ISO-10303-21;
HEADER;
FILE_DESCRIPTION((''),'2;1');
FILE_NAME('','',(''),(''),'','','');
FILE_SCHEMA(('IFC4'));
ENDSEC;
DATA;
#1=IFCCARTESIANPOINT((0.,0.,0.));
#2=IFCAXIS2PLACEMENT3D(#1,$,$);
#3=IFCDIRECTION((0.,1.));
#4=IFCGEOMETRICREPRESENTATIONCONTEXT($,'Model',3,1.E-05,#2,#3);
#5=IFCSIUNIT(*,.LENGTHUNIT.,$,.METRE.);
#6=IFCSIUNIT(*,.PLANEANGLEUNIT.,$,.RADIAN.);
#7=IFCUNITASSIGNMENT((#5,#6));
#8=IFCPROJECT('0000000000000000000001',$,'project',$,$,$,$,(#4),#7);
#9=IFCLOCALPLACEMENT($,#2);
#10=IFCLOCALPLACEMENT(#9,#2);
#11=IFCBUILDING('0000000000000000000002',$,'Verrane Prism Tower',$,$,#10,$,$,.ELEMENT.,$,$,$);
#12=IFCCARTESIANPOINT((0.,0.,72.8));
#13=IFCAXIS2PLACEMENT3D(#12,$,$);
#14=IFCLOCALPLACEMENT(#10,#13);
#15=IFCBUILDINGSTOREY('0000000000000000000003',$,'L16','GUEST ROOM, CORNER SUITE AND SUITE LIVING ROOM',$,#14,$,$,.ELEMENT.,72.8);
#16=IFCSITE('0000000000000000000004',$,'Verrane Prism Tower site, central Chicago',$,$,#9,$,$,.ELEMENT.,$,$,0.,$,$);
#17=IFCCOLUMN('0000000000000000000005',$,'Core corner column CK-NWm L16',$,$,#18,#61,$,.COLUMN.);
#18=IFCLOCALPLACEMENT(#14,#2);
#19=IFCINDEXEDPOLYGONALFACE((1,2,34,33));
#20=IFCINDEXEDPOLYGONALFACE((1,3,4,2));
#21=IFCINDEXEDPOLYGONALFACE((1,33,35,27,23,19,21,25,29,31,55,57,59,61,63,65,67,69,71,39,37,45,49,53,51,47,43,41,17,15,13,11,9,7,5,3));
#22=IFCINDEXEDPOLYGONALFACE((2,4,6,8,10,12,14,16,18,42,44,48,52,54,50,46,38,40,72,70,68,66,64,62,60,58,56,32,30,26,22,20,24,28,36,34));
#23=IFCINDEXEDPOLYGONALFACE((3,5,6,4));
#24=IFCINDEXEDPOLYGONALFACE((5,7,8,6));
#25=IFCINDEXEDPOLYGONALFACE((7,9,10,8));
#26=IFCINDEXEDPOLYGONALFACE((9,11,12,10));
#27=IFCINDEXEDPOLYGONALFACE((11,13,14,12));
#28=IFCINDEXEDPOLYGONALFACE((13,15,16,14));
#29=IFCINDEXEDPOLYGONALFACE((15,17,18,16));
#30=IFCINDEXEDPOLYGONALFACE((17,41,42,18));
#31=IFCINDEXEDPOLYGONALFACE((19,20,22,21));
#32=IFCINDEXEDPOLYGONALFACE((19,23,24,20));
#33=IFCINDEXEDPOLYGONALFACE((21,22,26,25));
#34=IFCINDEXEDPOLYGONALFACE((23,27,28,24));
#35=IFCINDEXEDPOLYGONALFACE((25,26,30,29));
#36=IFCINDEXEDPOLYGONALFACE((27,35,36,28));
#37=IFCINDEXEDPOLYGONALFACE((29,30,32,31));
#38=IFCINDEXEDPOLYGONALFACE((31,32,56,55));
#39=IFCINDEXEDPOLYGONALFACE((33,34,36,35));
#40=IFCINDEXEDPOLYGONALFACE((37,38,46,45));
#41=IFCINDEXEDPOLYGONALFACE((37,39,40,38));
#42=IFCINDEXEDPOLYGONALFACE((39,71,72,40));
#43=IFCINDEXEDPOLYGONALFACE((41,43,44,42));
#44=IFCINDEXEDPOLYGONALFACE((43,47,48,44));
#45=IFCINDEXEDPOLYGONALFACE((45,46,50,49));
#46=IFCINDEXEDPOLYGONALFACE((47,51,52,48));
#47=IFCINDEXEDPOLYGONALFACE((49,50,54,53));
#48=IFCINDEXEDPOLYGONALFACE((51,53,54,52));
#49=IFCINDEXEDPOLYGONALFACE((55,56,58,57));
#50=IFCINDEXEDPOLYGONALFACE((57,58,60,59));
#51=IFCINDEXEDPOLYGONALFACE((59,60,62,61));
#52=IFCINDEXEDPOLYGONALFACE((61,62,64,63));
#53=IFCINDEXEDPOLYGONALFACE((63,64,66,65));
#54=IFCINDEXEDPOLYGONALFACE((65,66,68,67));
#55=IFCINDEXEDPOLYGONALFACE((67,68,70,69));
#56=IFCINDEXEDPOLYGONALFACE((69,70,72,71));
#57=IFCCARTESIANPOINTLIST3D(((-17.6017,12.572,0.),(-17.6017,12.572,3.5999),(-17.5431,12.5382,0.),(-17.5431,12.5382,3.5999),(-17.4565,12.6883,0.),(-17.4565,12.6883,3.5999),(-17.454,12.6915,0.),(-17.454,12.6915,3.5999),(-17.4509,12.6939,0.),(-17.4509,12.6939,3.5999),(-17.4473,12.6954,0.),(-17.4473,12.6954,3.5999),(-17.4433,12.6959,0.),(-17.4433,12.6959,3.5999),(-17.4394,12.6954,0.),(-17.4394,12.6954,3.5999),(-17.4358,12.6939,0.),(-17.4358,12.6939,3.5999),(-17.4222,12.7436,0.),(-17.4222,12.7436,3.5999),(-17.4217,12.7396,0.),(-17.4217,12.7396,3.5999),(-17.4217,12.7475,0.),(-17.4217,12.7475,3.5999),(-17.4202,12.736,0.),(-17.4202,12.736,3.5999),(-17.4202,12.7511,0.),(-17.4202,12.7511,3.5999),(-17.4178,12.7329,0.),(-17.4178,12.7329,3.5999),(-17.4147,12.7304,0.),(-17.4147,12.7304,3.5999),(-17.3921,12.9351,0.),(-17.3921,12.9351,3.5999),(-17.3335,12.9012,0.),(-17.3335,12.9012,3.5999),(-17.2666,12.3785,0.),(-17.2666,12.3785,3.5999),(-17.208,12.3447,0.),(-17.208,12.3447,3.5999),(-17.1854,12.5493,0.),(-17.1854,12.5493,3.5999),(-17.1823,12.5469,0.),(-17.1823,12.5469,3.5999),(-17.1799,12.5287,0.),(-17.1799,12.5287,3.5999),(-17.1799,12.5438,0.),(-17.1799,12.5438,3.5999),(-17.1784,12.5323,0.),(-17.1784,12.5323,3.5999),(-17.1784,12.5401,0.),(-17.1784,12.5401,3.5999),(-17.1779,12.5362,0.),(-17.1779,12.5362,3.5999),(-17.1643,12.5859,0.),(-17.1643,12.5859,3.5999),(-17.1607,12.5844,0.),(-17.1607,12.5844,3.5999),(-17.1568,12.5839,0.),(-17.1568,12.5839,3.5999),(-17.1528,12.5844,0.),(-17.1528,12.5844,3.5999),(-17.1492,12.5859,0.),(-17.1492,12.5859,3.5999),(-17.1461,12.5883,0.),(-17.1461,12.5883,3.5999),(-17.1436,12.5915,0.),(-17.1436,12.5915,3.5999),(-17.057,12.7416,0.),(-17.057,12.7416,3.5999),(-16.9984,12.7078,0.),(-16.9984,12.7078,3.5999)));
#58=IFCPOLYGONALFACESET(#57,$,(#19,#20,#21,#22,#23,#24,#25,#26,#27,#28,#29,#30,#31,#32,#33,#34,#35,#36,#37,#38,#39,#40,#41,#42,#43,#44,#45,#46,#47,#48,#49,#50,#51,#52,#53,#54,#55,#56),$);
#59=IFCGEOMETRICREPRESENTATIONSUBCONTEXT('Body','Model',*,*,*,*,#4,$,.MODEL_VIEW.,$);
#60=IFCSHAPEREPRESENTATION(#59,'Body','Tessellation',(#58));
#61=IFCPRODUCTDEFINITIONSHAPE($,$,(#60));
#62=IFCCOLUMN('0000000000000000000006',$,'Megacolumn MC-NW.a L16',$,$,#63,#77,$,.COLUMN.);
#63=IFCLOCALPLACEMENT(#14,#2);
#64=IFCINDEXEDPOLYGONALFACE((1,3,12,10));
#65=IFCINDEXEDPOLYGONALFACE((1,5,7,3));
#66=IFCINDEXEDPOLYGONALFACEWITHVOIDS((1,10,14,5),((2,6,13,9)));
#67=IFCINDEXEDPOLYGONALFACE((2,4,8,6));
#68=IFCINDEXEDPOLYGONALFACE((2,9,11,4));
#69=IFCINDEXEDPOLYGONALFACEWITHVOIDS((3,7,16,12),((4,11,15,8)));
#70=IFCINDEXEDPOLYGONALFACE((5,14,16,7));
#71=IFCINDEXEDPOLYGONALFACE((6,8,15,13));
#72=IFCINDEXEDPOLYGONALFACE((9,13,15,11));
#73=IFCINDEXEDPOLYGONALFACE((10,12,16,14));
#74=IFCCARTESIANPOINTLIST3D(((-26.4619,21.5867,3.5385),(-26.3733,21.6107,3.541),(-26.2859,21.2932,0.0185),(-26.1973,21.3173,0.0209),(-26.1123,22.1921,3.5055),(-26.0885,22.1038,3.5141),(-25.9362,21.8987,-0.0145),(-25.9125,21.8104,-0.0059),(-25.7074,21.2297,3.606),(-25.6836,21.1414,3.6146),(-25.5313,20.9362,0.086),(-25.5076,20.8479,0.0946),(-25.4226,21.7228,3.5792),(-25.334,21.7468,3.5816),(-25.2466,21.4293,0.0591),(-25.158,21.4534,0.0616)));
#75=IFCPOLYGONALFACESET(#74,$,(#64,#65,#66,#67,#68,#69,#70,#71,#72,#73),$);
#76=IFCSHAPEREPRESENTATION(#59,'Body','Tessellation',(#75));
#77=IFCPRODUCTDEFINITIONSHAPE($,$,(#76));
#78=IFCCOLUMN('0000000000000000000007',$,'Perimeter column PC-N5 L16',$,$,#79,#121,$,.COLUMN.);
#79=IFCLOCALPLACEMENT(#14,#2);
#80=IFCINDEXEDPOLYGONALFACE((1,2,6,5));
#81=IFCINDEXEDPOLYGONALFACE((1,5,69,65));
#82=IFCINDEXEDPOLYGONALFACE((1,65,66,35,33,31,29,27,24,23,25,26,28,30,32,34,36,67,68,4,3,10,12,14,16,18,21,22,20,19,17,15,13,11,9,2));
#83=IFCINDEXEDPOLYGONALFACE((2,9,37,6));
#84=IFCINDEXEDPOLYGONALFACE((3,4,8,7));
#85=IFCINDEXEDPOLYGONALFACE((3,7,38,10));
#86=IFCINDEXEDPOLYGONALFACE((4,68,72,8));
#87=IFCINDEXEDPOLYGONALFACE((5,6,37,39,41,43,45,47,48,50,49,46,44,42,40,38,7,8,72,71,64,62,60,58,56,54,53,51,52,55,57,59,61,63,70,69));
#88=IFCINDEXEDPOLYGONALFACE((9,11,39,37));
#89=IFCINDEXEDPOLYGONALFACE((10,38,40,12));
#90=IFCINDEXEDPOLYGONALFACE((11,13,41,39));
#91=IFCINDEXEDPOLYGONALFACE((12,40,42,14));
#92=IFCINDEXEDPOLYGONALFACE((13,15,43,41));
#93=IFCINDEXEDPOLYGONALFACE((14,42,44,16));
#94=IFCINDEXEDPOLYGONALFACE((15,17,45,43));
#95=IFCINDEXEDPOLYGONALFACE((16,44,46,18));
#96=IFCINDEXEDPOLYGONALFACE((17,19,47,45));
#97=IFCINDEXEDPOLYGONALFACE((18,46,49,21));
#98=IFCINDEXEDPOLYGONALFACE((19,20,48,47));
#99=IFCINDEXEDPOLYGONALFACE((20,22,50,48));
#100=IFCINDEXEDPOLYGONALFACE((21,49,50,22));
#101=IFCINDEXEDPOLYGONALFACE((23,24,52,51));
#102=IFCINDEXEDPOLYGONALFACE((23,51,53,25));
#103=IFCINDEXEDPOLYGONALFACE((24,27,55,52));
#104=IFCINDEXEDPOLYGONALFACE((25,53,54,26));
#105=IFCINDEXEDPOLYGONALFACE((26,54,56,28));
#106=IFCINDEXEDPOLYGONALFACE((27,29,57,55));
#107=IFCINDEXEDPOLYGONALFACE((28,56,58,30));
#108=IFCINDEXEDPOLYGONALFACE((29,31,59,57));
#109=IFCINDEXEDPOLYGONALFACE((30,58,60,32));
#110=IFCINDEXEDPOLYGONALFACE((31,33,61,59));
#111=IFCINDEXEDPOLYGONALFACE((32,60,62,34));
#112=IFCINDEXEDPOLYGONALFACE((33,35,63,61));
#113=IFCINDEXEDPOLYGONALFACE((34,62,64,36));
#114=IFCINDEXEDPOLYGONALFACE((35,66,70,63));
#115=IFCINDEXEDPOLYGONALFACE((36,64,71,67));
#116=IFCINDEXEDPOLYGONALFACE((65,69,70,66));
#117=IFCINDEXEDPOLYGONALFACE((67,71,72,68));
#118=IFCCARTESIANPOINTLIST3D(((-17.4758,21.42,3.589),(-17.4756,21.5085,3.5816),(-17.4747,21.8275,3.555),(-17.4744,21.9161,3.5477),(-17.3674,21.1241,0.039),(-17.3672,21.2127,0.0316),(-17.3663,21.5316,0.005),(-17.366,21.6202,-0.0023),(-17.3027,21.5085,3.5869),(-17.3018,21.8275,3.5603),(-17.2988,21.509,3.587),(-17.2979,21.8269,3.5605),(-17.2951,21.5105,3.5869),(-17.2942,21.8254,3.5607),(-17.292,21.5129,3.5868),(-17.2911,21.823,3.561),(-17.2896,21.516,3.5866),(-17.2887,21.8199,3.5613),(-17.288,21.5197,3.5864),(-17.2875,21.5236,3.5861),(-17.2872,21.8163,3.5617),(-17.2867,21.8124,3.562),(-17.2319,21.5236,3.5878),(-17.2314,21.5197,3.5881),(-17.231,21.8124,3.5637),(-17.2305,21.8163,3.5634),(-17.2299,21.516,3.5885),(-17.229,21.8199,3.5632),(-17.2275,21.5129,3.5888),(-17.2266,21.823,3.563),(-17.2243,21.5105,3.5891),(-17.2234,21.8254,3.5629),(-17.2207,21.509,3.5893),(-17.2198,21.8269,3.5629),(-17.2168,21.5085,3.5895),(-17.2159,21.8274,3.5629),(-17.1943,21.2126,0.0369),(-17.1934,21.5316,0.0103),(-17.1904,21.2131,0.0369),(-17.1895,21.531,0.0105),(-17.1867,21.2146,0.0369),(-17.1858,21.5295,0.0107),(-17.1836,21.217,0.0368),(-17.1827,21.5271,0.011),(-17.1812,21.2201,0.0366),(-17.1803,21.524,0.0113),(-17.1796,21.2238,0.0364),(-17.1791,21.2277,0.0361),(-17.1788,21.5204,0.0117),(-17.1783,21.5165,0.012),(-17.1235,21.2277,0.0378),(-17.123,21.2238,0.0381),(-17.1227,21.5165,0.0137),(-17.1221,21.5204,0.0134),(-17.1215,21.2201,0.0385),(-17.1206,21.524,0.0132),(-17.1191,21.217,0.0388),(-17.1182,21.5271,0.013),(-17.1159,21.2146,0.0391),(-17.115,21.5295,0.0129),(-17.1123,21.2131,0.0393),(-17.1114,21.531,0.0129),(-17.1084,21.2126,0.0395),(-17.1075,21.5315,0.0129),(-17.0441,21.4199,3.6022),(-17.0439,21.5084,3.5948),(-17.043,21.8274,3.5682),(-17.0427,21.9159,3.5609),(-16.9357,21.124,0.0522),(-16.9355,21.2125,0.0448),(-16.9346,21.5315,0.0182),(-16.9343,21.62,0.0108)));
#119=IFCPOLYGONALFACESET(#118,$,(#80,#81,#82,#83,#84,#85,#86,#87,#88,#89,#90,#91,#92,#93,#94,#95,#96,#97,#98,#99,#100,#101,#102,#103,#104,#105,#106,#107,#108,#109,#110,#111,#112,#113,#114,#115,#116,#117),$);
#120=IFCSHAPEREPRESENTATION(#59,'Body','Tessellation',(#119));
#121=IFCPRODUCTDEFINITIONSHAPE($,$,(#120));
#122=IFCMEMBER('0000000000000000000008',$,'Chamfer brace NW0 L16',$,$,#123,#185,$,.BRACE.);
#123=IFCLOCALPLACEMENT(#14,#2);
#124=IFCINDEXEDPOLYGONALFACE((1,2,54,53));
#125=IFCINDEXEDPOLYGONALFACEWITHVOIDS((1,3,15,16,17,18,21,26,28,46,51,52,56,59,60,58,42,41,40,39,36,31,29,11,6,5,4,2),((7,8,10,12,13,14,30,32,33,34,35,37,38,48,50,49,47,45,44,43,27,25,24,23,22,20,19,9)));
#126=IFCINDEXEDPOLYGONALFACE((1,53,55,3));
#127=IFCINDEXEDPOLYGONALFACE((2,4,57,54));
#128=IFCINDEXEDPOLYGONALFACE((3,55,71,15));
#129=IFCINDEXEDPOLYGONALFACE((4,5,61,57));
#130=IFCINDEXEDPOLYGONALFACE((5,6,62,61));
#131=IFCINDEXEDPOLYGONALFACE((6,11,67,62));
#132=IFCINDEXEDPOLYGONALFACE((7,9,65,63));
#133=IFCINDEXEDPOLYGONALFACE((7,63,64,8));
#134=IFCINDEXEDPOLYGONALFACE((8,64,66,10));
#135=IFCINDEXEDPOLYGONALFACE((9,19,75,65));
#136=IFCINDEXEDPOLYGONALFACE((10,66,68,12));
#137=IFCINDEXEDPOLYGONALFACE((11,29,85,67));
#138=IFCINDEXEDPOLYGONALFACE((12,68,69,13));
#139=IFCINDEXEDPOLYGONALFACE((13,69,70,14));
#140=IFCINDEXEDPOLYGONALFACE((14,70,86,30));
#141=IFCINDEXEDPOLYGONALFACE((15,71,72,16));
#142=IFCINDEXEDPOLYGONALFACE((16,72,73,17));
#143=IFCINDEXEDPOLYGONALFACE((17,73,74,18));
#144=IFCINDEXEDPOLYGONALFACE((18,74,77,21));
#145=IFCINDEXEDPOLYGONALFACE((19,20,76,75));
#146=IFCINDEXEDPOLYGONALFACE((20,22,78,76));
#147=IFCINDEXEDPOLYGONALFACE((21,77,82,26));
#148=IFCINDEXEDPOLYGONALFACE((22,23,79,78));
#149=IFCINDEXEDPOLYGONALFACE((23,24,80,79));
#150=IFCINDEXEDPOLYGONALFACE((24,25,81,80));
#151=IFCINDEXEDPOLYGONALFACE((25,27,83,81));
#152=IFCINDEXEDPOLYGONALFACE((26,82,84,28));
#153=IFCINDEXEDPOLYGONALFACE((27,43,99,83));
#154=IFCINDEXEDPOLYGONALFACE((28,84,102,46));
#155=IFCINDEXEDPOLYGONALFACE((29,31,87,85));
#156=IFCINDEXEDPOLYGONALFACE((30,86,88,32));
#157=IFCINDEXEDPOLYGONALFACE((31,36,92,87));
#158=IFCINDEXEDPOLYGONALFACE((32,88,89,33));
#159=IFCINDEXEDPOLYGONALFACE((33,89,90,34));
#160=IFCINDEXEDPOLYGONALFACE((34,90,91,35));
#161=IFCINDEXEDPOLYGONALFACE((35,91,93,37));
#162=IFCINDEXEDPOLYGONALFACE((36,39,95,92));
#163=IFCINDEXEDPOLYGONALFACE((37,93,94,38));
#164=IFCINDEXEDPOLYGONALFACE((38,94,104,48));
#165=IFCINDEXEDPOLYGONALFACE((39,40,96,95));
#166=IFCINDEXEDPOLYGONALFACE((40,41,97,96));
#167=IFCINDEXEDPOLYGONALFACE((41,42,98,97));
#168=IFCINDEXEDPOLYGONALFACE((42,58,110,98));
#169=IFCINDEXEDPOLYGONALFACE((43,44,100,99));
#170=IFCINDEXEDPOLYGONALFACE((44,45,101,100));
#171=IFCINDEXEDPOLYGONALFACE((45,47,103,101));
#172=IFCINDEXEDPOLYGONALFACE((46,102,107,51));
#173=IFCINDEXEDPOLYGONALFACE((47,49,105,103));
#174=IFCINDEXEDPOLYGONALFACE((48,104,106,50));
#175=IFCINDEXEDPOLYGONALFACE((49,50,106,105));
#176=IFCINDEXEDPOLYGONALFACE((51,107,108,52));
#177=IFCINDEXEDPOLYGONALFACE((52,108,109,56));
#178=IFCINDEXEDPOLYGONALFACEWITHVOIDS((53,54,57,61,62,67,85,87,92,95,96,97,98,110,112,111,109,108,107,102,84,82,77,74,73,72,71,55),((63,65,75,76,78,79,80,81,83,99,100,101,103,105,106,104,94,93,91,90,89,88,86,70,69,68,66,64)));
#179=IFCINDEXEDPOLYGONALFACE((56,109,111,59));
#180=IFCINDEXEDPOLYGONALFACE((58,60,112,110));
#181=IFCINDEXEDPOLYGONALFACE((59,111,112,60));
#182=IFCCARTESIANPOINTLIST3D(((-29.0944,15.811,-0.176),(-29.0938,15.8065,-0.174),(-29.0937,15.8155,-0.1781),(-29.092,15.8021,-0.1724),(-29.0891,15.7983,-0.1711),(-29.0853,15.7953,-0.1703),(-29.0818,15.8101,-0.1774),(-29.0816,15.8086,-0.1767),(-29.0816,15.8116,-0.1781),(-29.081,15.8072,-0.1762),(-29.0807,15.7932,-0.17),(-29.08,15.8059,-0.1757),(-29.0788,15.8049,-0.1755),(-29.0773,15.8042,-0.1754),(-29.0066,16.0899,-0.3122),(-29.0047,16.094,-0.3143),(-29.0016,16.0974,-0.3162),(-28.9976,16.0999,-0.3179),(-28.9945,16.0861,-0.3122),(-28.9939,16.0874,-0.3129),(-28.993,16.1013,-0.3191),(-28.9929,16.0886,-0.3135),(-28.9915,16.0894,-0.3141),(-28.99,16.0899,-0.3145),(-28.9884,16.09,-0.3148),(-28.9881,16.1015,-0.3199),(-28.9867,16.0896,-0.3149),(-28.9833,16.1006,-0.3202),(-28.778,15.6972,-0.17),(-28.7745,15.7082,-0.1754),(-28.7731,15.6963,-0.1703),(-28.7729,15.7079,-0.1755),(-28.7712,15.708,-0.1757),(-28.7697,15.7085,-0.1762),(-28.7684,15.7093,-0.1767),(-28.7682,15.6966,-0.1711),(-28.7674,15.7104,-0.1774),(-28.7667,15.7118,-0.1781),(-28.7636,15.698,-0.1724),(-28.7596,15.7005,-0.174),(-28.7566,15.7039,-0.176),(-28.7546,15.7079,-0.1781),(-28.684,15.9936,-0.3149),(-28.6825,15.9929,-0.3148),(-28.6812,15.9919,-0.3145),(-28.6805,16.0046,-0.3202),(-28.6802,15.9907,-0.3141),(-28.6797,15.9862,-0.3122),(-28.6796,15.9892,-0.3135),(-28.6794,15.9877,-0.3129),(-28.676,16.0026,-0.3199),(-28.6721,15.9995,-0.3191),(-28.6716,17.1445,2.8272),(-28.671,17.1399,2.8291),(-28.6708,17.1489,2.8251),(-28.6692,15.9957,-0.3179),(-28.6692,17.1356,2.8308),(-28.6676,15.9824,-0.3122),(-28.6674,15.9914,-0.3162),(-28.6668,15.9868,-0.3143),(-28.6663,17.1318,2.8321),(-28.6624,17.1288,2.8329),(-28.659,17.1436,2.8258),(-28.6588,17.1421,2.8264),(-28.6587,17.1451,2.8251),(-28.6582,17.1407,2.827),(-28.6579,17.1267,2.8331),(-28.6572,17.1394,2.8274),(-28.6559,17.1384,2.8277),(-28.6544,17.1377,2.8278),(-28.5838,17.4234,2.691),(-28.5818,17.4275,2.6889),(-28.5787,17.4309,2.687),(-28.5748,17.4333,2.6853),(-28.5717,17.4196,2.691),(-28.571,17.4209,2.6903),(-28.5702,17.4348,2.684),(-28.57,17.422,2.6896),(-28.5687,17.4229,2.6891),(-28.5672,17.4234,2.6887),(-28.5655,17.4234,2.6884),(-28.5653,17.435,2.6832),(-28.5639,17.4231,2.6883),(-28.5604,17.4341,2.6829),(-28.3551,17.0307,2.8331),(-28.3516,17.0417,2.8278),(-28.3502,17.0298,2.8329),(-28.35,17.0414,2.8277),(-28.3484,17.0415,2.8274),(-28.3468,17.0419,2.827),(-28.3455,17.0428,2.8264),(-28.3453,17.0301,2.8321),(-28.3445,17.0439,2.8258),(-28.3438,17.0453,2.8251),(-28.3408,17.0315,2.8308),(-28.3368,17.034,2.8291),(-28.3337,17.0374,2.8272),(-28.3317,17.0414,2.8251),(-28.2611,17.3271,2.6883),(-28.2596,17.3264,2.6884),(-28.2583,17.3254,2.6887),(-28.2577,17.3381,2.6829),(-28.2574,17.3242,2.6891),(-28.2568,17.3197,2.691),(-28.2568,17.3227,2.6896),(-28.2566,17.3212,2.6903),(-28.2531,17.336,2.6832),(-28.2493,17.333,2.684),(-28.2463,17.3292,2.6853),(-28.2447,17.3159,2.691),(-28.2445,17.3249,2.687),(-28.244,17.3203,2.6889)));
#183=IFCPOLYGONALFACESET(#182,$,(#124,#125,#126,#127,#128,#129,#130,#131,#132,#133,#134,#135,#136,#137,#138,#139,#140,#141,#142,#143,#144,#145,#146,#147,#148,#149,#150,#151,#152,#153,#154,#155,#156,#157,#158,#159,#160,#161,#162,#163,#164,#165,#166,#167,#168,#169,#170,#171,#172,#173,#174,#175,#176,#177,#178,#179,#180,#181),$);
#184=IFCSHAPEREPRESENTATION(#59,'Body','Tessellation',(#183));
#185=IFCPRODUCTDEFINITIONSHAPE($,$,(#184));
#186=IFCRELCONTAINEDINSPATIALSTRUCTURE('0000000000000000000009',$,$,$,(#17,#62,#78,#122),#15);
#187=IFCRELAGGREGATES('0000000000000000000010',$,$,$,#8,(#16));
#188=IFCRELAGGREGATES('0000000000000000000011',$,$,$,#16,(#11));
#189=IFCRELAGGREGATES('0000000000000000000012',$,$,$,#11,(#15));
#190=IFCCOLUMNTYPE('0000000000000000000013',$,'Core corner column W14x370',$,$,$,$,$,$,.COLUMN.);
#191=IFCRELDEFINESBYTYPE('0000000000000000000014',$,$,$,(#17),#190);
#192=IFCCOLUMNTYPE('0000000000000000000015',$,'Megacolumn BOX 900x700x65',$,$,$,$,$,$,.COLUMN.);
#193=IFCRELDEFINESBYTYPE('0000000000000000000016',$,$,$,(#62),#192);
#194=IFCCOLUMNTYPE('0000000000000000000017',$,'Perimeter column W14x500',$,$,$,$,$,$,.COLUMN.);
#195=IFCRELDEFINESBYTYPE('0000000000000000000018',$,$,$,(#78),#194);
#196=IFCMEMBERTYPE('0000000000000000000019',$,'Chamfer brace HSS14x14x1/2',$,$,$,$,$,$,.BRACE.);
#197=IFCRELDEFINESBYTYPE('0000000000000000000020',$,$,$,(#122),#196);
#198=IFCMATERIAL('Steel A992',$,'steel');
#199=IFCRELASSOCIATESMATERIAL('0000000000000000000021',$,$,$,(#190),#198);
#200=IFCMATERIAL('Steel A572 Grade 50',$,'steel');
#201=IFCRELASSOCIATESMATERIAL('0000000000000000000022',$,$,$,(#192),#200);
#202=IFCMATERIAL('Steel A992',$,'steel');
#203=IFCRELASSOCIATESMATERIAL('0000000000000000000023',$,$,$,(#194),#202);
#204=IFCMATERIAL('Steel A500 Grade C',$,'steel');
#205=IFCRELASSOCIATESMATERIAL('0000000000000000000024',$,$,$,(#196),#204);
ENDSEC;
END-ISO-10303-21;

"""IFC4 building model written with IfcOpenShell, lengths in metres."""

from ifc_helpers import new_model, si_unit, direction, frame, origin, origin_2d, place, context, subcontext, project, spatial, hollow_rectangle, i_section, extrude, material, material_profile, profile_set, type_object, element, save


model = new_model("IFC4")

# Units and contexts
model_context = context("Model", 3, precision=1e-05, world=origin(), true_north=direction((0.0, 1.0)))
body_context = subcontext(model_context, "Body", "Model", "MODEL_VIEW")
ifc_project = project(units=[si_unit("LENGTHUNIT", "METRE"), si_unit("PLANEANGLEUNIT", "RADIAN")], contexts=[model_context])

# Site, building, storey
site_placement = place(None, origin())
site = spatial("IfcSite", under=ifc_project, at=site_placement, Name="Verrane Prism Tower site, central Chicago", CompositionType="ELEMENT", RefElevation=0.0)
building_placement = place(site_placement, origin())
building = spatial("IfcBuilding", under=site, at=building_placement, Name="Verrane Prism Tower", CompositionType="ELEMENT")
storey_placement = place(building_placement, frame((0.0, 0.0, 72.8)))
storey = spatial("IfcBuildingStorey", under=building, at=storey_placement, Name="L16", Description="GUEST ROOM, CORNER SUITE AND SUITE LIVING ROOM", CompositionType="ELEMENT", Elevation=72.8)

# Columns
ifc_material_1 = material(Name="Steel A992", Category="steel")
ifc_material_profile_1 = material_profile(ifc_material_1, i_section(OverallWidth=0.4192, OverallDepth=0.4546, WebThickness=0.0422, FlangeThickness=0.0676, FilletRadius=0.0151, at=origin_2d()), Name="W14x370")
ifc_profile_set_1 = profile_set([ifc_material_profile_1], Name="Steel A992")
column_type_1 = type_object("IfcColumnType", Name="Core corner column W14x370", PredefinedType="COLUMN", material=ifc_profile_set_1)
column_1_placement = place(storey_placement, frame((-17.3, 12.6399, 0.0), z_axis=(0.0, 0.0, 1.0), x_axis=(0.5, 0.866025, 0.0)))
element("IfcColumn", 1, at=column_1_placement, inside=storey, type_object=column_type_1, Name="Core corner column CK-NWm L16", PredefinedType="COLUMN", context=body_context, shape_type="SweptSolid", body=[
    extrude(i_section(OverallWidth=0.4192, OverallDepth=0.4546, WebThickness=0.0422, FlangeThickness=0.0676, FilletRadius=0.0151, at=origin_2d()), origin(), (0.0, 0.0, 1.0), 3.5999),
])
ifc_material_2 = material(Name="Steel A572 Grade 50", Category="steel")
ifc_material_profile_2 = material_profile(ifc_material_2, hollow_rectangle(XDim=0.7, YDim=0.8999, WallThickness=0.0649, at=origin_2d()), Name="BOX 900x700x65")
ifc_profile_set_2 = profile_set([ifc_material_profile_2], Name="Steel A572 Grade 50")
column_type_2 = type_object("IfcColumnType", Name="Megacolumn BOX 900x700x65", PredefinedType="COLUMN", material=ifc_profile_set_2)
column_2_placement = place(storey_placement, frame((-25.7219, 21.3733, 0.04), z_axis=(-0.049772, 0.082977, 0.995308), x_axis=(0.499551, 0.865001, -0.047132)))
element("IfcColumn", 2, at=column_2_placement, inside=storey, type_object=column_type_2, Name="Megacolumn MC-NW.a L16", PredefinedType="COLUMN", context=body_context, shape_type="SweptSolid", body=[
    extrude(hollow_rectangle(XDim=0.7, YDim=0.8999, WallThickness=0.0649, at=origin_2d()), origin(), (0.0, 0.0, 1.0), 3.5366),
])
ifc_material_3 = material(Name="Steel A992", Category="steel")
ifc_material_profile_3 = material_profile(ifc_material_3, i_section(OverallWidth=0.4319, OverallDepth=0.4978, WebThickness=0.0557, FlangeThickness=0.0889, FilletRadius=0.0151, at=origin_2d()), Name="W14x500")
ifc_profile_set_3 = profile_set([ifc_material_profile_3], Name="Steel A992")
column_type_3 = type_object("IfcColumnType", Name="Perimeter column W14x500", PredefinedType="COLUMN", material=ifc_profile_set_3)
column_3_placement = place(storey_placement, frame((-17.1509, 21.3721, 0.0249), z_axis=(-0.030415, 0.083024, 0.996083), x_axis=(0.999533, -0.000291, 0.030544)))
element("IfcColumn", 3, at=column_3_placement, inside=storey, type_object=column_type_3, Name="Perimeter column PC-N5 L16", PredefinedType="COLUMN", context=body_context, shape_type="SweptSolid", body=[
    extrude(i_section(OverallWidth=0.4319, OverallDepth=0.4978, WebThickness=0.0557, FlangeThickness=0.0889, FilletRadius=0.0151, at=origin_2d()), origin(), (0.0, 0.0, 1.0), 3.564),
])

# Member
ifc_material_4 = material(Name="Steel A500 Grade C", Category="steel")
ifc_material_profile_4 = material_profile(ifc_material_4, hollow_rectangle(XDim=0.3557, YDim=0.3557, WallThickness=0.0127, InnerFilletRadius=0.0063, OuterFilletRadius=0.019, at=origin_2d()), Name="HSS14x14x1/2")
ifc_profile_set_4 = profile_set([ifc_material_profile_4], Name="Steel A500 Grade C")
member_type_1 = type_object("IfcMemberType", Name="Chamfer brace HSS14x14x1/2", PredefinedType="BRACE", material=ifc_profile_set_4)
member_1_placement = place(storey_placement, frame((-28.8806, 15.8989, -0.2451), z_axis=(0.127633, 0.402502, 0.906478), x_axis=(-0.953223, 0.302267, 0.0)))
element("IfcMember", 4, at=member_1_placement, inside=storey, type_object=member_type_1, Name="Chamfer brace NW0 L16", PredefinedType="BRACE", context=body_context, shape_type="SweptSolid", body=[
    extrude(hollow_rectangle(XDim=0.3557, YDim=0.3557, WallThickness=0.0127, InnerFilletRadius=0.0063, OuterFilletRadius=0.019, at=origin_2d()), origin(), (0.0, 0.0, 1.0), 3.313),
])

save(model, "model.ifc")
